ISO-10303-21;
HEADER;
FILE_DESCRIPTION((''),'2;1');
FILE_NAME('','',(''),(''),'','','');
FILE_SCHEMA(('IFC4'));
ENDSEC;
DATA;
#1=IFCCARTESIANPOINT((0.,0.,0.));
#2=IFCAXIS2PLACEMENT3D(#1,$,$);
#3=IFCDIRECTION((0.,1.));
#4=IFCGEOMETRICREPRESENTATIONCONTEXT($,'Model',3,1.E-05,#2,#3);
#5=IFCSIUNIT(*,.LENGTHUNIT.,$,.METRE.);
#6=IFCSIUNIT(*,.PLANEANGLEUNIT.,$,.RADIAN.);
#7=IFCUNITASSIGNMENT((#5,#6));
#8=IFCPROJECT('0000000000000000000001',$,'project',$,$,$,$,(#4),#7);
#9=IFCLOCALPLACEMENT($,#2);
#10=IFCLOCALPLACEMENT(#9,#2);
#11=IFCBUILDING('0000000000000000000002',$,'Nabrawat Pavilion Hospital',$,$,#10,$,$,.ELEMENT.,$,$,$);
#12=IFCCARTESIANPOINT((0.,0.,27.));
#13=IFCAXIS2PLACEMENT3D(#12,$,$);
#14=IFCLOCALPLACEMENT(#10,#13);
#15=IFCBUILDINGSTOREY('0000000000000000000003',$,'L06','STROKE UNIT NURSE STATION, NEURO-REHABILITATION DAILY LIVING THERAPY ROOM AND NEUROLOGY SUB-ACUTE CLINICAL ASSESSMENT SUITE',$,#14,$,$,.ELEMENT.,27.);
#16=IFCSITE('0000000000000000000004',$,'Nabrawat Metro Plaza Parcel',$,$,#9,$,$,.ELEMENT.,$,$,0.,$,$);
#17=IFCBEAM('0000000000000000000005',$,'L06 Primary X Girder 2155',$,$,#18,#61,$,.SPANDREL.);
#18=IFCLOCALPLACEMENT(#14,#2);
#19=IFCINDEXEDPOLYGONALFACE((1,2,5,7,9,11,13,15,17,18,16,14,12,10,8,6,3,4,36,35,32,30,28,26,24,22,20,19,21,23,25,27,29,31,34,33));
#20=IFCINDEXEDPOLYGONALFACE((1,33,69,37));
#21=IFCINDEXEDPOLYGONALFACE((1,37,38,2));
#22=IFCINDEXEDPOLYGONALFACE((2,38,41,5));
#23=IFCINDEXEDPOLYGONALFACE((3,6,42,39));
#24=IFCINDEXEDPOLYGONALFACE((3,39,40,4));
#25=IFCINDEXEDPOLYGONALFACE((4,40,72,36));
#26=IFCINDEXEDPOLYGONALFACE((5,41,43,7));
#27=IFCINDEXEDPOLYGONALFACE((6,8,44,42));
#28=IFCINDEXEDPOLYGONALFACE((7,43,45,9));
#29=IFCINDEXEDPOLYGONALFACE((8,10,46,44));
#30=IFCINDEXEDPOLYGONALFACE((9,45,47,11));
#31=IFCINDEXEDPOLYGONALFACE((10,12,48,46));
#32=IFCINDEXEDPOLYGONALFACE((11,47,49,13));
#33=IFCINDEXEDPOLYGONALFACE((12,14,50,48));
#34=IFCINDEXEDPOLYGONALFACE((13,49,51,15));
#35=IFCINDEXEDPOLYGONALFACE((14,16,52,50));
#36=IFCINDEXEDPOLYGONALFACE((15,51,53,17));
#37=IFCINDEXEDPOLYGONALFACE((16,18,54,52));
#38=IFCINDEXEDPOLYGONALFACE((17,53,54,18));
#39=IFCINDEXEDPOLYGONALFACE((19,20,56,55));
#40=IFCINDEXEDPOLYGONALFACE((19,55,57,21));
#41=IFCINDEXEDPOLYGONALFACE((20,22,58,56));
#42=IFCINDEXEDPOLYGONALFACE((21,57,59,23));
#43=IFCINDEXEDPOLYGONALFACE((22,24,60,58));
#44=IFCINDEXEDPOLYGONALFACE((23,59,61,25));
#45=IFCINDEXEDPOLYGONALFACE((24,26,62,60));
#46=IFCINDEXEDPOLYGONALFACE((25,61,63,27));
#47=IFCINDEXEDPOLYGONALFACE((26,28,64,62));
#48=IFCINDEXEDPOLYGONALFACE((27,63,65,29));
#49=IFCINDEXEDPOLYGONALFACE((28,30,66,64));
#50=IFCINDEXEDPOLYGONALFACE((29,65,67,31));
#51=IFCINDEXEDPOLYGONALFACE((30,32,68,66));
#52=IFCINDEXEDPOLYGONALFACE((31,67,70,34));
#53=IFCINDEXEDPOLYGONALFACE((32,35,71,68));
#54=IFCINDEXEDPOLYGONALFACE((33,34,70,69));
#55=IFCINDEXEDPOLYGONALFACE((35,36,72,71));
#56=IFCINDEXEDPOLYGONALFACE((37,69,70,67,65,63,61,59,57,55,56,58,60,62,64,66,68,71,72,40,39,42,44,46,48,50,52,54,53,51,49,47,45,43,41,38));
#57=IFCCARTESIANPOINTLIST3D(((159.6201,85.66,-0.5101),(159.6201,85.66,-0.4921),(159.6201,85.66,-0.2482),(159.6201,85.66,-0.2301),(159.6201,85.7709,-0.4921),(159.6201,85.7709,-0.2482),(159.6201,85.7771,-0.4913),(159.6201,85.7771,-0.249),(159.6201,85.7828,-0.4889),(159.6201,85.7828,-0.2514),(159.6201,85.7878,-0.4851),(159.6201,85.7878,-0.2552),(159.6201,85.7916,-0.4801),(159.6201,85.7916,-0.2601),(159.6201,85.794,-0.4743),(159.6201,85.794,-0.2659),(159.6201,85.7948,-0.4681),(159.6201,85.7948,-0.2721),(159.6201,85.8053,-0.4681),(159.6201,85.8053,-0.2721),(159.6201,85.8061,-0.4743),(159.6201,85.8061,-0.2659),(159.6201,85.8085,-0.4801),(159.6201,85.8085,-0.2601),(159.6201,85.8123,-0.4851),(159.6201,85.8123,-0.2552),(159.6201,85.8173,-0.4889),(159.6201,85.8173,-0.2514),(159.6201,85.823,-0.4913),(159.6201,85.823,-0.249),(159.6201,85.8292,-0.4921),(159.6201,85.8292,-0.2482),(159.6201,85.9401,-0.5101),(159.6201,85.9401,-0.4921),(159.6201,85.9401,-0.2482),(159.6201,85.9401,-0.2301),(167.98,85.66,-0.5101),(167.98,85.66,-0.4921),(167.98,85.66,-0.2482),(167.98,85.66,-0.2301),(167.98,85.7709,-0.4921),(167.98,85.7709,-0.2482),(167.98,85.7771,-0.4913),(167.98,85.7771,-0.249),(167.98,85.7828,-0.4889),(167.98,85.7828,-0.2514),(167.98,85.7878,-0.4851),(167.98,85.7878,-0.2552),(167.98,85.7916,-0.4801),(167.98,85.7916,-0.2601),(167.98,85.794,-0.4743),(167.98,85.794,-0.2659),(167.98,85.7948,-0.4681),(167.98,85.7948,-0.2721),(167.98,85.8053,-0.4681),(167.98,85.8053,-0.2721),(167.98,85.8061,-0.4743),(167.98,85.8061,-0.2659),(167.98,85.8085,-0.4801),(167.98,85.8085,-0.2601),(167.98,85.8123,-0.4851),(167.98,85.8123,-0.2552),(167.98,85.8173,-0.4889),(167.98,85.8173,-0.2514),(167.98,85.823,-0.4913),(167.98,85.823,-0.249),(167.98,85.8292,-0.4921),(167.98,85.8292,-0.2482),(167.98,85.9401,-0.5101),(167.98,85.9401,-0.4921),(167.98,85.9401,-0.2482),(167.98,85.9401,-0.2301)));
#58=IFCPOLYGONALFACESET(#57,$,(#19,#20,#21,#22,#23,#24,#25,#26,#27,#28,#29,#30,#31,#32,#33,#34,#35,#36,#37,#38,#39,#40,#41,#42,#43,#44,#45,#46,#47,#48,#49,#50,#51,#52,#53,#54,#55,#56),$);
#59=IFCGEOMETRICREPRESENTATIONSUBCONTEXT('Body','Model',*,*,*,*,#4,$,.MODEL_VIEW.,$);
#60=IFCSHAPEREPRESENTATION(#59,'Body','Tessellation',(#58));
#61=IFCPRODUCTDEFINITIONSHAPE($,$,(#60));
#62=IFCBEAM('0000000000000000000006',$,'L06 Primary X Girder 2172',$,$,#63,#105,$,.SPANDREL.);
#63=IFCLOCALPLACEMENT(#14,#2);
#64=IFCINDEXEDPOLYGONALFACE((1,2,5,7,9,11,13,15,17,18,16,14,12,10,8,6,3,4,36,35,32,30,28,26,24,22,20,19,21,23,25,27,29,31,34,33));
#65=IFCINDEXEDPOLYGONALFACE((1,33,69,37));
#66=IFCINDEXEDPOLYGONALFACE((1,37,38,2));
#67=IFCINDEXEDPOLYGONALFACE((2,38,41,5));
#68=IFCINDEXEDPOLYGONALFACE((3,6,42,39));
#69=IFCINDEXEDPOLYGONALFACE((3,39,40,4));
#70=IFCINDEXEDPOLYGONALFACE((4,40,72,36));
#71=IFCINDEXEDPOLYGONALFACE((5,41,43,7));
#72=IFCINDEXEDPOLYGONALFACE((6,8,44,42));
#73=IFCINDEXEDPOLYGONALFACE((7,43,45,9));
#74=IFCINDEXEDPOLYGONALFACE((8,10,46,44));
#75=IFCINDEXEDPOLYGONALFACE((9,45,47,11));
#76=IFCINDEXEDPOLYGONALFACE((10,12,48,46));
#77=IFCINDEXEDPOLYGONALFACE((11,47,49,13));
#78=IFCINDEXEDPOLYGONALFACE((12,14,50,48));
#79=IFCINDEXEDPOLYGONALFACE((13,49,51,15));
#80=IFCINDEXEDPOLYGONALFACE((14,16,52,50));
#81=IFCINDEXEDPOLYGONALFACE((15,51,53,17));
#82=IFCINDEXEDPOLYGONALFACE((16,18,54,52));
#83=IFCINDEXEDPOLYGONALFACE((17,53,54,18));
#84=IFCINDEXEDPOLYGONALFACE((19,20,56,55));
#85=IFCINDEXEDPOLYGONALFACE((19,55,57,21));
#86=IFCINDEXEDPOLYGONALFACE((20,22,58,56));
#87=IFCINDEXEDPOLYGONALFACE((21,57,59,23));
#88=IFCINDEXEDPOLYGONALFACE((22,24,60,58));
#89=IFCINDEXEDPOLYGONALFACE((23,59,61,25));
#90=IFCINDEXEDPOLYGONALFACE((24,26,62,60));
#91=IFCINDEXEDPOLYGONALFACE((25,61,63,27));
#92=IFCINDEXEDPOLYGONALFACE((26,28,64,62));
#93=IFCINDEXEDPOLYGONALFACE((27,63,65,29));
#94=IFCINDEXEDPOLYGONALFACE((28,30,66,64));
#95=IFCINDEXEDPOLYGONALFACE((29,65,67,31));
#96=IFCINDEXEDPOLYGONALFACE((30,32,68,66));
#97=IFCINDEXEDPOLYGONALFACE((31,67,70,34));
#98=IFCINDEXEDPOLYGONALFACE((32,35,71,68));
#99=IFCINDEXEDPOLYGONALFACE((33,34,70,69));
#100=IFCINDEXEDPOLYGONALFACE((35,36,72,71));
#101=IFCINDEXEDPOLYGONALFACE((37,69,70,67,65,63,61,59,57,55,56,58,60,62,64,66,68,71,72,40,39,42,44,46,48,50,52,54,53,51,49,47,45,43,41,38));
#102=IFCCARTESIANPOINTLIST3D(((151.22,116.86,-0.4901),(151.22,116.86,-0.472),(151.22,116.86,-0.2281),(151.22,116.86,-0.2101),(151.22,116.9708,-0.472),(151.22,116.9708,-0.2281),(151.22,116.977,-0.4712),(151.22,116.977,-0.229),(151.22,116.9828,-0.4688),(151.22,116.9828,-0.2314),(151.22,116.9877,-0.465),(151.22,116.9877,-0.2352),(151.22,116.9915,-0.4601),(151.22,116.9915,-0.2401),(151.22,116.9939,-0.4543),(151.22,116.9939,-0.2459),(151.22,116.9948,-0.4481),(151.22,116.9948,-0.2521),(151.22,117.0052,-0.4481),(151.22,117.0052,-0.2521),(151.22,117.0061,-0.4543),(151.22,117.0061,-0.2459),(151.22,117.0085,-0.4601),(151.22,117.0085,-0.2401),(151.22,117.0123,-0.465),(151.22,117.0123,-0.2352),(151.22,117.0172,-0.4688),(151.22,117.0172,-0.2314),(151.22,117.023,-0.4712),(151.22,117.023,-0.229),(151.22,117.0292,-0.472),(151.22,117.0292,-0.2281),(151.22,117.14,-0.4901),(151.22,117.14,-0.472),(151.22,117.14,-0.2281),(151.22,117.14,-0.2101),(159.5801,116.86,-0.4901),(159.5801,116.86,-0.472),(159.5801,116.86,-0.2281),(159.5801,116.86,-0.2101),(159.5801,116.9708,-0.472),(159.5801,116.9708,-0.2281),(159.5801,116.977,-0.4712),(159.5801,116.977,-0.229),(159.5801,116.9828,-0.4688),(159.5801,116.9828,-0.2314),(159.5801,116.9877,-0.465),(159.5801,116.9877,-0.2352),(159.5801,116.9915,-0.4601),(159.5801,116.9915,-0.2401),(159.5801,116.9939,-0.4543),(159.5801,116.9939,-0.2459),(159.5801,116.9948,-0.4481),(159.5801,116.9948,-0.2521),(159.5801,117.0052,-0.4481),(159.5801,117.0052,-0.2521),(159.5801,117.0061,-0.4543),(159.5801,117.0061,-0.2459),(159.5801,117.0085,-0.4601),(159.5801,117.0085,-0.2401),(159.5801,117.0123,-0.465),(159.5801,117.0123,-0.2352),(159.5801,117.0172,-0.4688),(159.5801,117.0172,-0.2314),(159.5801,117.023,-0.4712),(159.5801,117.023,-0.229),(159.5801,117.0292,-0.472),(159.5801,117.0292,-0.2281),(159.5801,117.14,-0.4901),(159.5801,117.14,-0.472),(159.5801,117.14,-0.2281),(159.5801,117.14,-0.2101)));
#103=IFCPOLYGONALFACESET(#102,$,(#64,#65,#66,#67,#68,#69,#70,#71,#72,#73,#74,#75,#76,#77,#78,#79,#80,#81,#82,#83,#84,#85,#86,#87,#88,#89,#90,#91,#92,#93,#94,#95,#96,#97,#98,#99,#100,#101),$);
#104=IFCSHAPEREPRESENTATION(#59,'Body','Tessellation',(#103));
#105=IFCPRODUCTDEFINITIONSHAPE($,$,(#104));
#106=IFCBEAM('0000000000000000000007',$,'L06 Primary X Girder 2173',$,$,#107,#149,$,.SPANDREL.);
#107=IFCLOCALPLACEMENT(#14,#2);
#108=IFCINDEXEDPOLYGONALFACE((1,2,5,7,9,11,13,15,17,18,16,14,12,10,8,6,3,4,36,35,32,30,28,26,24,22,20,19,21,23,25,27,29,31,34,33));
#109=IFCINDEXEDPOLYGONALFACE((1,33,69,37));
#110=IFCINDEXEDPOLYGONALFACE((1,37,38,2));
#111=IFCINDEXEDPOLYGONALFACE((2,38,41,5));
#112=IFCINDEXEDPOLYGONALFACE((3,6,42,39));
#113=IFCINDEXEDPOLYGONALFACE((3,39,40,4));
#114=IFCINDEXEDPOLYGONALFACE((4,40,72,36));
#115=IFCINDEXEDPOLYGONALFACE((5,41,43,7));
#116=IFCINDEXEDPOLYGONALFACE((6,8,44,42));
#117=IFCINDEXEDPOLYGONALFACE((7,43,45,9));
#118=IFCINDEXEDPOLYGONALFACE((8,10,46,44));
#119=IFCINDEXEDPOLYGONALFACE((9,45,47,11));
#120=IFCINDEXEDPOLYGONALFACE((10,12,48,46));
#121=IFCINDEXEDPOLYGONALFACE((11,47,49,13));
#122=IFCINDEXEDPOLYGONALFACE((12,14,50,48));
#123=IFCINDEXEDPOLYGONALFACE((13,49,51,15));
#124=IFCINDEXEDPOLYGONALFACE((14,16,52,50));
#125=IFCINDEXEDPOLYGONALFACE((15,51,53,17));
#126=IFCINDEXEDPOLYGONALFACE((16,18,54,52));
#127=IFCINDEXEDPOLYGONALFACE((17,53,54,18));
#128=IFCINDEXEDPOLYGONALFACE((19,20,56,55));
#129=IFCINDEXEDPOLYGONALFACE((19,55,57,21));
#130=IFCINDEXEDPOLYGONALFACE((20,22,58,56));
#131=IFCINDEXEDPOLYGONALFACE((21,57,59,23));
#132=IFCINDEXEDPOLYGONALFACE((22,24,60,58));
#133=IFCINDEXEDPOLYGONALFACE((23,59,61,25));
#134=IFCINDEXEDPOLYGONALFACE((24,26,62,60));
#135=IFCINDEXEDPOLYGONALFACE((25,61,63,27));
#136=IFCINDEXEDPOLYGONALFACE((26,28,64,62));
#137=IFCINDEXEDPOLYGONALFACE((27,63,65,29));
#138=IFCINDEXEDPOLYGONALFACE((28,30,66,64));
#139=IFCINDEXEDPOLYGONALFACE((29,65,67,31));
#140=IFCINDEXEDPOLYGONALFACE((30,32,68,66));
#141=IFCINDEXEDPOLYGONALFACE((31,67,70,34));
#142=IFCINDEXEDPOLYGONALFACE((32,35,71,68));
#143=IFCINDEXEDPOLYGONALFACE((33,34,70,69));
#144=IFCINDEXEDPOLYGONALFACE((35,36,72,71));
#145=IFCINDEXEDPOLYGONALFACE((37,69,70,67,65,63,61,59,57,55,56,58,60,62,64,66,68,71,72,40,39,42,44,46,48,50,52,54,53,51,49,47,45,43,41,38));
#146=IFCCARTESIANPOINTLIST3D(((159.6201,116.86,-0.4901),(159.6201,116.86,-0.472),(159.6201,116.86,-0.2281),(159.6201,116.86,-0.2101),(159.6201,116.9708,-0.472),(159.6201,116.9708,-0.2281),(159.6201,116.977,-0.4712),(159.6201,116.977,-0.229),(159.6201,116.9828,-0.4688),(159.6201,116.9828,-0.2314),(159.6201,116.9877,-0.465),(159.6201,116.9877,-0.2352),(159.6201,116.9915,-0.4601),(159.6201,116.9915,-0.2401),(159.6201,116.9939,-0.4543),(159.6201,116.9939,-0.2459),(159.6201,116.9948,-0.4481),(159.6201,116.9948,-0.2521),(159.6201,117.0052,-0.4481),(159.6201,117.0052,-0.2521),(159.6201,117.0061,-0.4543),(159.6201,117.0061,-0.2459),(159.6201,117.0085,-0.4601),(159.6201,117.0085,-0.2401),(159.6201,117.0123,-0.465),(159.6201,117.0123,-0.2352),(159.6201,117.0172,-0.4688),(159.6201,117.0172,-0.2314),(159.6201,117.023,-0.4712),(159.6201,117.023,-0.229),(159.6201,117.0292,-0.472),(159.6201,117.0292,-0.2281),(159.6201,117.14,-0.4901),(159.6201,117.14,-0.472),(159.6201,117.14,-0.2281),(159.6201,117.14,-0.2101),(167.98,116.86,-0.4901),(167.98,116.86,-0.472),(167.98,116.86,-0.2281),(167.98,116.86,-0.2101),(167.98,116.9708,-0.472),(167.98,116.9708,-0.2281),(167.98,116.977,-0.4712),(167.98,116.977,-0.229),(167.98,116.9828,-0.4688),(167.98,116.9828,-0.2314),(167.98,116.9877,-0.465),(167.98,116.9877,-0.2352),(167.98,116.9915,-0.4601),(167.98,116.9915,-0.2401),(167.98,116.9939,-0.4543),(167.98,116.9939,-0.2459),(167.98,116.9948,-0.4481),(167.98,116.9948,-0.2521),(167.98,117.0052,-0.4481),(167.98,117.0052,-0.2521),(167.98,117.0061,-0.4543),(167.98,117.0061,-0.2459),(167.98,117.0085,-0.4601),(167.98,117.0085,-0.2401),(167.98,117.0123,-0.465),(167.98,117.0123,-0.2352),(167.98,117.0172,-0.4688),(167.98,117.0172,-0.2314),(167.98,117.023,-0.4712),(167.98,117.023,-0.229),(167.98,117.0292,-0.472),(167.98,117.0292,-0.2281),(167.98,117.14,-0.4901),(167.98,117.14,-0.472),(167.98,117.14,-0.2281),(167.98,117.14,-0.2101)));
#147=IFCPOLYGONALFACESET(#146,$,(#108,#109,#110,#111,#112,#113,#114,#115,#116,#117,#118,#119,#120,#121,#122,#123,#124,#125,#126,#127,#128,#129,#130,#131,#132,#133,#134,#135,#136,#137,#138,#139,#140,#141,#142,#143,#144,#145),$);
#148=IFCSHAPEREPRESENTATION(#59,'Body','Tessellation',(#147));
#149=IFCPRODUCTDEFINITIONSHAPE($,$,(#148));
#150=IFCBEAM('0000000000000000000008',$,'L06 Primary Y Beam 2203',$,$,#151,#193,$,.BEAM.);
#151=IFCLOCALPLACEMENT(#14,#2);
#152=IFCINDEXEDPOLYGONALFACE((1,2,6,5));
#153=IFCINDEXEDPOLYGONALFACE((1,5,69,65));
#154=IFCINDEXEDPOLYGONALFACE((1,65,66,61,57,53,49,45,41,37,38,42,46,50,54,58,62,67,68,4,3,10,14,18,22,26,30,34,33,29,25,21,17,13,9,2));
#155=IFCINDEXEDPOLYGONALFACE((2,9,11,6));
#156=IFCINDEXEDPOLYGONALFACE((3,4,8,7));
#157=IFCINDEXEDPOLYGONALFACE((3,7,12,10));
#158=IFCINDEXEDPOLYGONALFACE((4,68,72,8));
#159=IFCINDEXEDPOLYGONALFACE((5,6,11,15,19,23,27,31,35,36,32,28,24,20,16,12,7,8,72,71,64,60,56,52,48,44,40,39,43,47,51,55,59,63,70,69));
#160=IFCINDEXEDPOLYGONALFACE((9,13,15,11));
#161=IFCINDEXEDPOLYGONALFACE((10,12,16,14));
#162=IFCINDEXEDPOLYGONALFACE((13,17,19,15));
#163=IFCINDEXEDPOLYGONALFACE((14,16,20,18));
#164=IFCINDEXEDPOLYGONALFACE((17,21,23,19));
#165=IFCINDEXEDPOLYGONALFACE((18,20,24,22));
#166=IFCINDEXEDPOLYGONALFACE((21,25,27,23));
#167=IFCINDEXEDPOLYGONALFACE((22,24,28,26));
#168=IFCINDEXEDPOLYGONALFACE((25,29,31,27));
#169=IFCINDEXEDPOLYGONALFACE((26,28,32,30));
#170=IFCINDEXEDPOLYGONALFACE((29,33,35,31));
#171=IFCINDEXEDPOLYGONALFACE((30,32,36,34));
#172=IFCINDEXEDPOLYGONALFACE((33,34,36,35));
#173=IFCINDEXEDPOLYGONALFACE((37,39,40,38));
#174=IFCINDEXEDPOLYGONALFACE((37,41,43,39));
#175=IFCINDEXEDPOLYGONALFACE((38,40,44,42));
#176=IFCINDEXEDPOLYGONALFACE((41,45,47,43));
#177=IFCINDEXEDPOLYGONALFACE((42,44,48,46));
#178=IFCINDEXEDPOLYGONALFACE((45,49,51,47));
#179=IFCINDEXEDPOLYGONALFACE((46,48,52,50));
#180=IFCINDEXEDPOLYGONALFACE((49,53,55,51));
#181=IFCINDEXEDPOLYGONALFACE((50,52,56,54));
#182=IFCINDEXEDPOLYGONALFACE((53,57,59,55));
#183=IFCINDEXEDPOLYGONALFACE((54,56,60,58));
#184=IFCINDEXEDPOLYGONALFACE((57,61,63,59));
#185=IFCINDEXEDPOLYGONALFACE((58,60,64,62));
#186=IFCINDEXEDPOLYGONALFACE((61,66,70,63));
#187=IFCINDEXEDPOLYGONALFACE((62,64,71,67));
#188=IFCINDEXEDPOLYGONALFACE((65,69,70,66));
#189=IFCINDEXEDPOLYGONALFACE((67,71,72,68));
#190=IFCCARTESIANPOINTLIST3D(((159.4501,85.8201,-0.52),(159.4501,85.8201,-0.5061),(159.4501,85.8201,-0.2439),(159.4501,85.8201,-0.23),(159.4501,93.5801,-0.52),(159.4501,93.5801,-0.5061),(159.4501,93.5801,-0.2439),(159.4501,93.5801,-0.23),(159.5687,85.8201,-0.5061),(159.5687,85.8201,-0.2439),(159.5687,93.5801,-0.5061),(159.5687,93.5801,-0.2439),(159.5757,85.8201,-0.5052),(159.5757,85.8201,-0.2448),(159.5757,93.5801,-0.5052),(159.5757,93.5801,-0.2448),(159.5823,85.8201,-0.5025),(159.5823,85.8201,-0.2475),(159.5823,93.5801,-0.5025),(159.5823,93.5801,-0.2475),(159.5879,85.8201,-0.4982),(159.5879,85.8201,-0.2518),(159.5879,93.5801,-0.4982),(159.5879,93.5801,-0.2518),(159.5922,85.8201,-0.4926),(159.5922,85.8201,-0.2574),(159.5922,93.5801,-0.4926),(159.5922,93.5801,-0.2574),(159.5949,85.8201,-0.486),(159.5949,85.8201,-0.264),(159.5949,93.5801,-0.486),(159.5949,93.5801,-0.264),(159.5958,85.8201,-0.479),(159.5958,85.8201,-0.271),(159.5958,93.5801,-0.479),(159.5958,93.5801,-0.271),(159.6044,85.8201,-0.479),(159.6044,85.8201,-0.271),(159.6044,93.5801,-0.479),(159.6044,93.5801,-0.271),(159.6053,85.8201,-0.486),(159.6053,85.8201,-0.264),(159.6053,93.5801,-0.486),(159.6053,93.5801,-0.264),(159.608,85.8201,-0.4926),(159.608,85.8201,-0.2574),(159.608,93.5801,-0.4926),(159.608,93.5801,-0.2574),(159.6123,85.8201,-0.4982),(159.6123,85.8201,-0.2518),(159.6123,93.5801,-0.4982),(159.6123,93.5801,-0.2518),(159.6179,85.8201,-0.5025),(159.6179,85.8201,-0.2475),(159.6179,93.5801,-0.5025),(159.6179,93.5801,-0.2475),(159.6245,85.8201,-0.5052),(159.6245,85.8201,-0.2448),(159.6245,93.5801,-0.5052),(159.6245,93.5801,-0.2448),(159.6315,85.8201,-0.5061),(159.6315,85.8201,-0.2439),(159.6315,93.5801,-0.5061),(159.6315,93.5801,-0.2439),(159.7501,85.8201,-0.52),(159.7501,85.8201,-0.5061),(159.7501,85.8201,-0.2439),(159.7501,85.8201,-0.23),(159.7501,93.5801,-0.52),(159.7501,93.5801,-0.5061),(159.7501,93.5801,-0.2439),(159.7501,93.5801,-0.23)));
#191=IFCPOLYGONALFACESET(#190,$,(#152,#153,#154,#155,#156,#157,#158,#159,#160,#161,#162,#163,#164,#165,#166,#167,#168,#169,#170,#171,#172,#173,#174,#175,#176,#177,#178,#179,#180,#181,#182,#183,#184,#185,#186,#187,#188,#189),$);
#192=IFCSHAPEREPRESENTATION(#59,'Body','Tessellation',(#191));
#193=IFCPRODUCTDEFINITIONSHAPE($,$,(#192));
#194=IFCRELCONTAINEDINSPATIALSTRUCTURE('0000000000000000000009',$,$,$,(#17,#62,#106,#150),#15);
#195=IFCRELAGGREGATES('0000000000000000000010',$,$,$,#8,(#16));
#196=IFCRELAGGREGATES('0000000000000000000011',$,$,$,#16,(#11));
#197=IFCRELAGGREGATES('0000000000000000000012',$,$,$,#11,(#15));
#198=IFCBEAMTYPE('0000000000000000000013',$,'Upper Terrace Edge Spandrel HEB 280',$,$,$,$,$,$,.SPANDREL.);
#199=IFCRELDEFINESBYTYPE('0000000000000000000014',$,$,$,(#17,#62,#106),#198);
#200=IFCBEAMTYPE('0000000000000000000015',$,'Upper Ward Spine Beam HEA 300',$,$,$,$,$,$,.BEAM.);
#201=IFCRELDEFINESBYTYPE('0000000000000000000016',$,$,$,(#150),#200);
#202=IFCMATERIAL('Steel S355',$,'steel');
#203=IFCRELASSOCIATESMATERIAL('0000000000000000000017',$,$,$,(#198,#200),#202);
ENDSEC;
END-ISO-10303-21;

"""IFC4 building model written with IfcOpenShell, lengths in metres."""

from ifc_helpers import new_model, si_unit, direction, frame, origin, origin_2d, place, context, subcontext, project, spatial, i_section, extrude, material, material_profile, profile_set, type_object, element, save


model = new_model("IFC4")

# Units and contexts
model_context = context("Model", 3, precision=1e-05, world=origin(), true_north=direction((0.0, 1.0)))
body_context = subcontext(model_context, "Body", "Model", "MODEL_VIEW")
ifc_project = project(units=[si_unit("LENGTHUNIT", "METRE"), si_unit("PLANEANGLEUNIT", "RADIAN")], contexts=[model_context])

# Site, building, storey
site_placement = place(None, origin())
site = spatial("IfcSite", under=ifc_project, at=site_placement, Name="Nabrawat Metro Plaza Parcel", CompositionType="ELEMENT", RefElevation=0.0)
building_placement = place(site_placement, origin())
building = spatial("IfcBuilding", under=site, at=building_placement, Name="Nabrawat Pavilion Hospital", CompositionType="ELEMENT")
storey_placement = place(building_placement, frame((0.0, 0.0, 27.0)))
storey = spatial("IfcBuildingStorey", under=building, at=storey_placement, Name="L06", Description="STROKE UNIT NURSE STATION, NEURO-REHABILITATION DAILY LIVING THERAPY ROOM AND NEUROLOGY SUB-ACUTE CLINICAL ASSESSMENT SUITE", CompositionType="ELEMENT", Elevation=27.0)

# Shared definitions
ifc_material_1 = material(Name="Steel S355", Category="steel")

# Beams
ifc_material_profile_1 = material_profile(ifc_material_1, i_section(OverallWidth=0.28, OverallDepth=0.28, WebThickness=0.0105, FlangeThickness=0.0181, FilletRadius=0.0239, at=origin_2d()), Name="HEB 280")
ifc_profile_set_1 = profile_set([ifc_material_profile_1], Name="Steel S355")
beam_type_1 = type_object("IfcBeamType", Name="Upper Terrace Edge Spandrel HEB 280", PredefinedType="SPANDREL", material=ifc_profile_set_1)
beam_1_placement = place(storey_placement, frame((159.6201, 85.8, -0.3701), z_axis=(1.0, 0.0, 0.0), x_axis=(0.0, 1.0, 0.0)))
element("IfcBeam", 1, at=beam_1_placement, inside=storey, type_object=beam_type_1, Name="L06 Primary X Girder 2155", PredefinedType="SPANDREL", context=body_context, shape_type="SweptSolid", body=[
    extrude(i_section(OverallWidth=0.28, OverallDepth=0.28, WebThickness=0.0105, FlangeThickness=0.0181, FilletRadius=0.0239, at=origin_2d()), origin(), (0.0, 0.0, 1.0), 8.3599),
])
beam_2_placement = place(storey_placement, frame((151.22, 117.0, -0.3501), z_axis=(1.0, 0.0, 0.0), x_axis=(0.0, 1.0, 0.0)))
element("IfcBeam", 2, at=beam_2_placement, inside=storey, type_object=beam_type_1, Name="L06 Primary X Girder 2172", PredefinedType="SPANDREL", context=body_context, shape_type="SweptSolid", body=[
    extrude(i_section(OverallWidth=0.28, OverallDepth=0.28, WebThickness=0.0105, FlangeThickness=0.0181, FilletRadius=0.0239, at=origin_2d()), origin(), (0.0, 0.0, 1.0), 8.3601),
])
beam_3_placement = place(storey_placement, frame((159.6201, 117.0, -0.3501), z_axis=(1.0, 0.0, 0.0), x_axis=(0.0, 1.0, 0.0)))
element("IfcBeam", 3, at=beam_3_placement, inside=storey, type_object=beam_type_1, Name="L06 Primary X Girder 2173", PredefinedType="SPANDREL", context=body_context, shape_type="SweptSolid", body=[
    extrude(i_section(OverallWidth=0.28, OverallDepth=0.28, WebThickness=0.0105, FlangeThickness=0.0181, FilletRadius=0.0239, at=origin_2d()), origin(), (0.0, 0.0, 1.0), 8.3599),
])
ifc_material_profile_2 = material_profile(ifc_material_1, i_section(OverallWidth=0.3, OverallDepth=0.29, WebThickness=0.0085, FlangeThickness=0.0139, FilletRadius=0.0271, at=origin_2d()), Name="HEA 300")
ifc_profile_set_2 = profile_set([ifc_material_profile_2], Name="Steel S355")
beam_type_2 = type_object("IfcBeamType", Name="Upper Ward Spine Beam HEA 300", PredefinedType="BEAM", material=ifc_profile_set_2)
beam_4_placement = place(storey_placement, frame((159.6001, 85.8201, -0.375), z_axis=(0.0, 1.0, 0.0), x_axis=(-1.0, 0.0, 0.0)))
element("IfcBeam", 4, at=beam_4_placement, inside=storey, type_object=beam_type_2, Name="L06 Primary Y Beam 2203", PredefinedType="BEAM", context=body_context, shape_type="SweptSolid", body=[
    extrude(i_section(OverallWidth=0.3, OverallDepth=0.29, WebThickness=0.0085, FlangeThickness=0.0139, FilletRadius=0.0271, at=origin_2d()), origin(), (0.0, 0.0, 1.0), 7.76),
])

save(model, "model.ifc")
